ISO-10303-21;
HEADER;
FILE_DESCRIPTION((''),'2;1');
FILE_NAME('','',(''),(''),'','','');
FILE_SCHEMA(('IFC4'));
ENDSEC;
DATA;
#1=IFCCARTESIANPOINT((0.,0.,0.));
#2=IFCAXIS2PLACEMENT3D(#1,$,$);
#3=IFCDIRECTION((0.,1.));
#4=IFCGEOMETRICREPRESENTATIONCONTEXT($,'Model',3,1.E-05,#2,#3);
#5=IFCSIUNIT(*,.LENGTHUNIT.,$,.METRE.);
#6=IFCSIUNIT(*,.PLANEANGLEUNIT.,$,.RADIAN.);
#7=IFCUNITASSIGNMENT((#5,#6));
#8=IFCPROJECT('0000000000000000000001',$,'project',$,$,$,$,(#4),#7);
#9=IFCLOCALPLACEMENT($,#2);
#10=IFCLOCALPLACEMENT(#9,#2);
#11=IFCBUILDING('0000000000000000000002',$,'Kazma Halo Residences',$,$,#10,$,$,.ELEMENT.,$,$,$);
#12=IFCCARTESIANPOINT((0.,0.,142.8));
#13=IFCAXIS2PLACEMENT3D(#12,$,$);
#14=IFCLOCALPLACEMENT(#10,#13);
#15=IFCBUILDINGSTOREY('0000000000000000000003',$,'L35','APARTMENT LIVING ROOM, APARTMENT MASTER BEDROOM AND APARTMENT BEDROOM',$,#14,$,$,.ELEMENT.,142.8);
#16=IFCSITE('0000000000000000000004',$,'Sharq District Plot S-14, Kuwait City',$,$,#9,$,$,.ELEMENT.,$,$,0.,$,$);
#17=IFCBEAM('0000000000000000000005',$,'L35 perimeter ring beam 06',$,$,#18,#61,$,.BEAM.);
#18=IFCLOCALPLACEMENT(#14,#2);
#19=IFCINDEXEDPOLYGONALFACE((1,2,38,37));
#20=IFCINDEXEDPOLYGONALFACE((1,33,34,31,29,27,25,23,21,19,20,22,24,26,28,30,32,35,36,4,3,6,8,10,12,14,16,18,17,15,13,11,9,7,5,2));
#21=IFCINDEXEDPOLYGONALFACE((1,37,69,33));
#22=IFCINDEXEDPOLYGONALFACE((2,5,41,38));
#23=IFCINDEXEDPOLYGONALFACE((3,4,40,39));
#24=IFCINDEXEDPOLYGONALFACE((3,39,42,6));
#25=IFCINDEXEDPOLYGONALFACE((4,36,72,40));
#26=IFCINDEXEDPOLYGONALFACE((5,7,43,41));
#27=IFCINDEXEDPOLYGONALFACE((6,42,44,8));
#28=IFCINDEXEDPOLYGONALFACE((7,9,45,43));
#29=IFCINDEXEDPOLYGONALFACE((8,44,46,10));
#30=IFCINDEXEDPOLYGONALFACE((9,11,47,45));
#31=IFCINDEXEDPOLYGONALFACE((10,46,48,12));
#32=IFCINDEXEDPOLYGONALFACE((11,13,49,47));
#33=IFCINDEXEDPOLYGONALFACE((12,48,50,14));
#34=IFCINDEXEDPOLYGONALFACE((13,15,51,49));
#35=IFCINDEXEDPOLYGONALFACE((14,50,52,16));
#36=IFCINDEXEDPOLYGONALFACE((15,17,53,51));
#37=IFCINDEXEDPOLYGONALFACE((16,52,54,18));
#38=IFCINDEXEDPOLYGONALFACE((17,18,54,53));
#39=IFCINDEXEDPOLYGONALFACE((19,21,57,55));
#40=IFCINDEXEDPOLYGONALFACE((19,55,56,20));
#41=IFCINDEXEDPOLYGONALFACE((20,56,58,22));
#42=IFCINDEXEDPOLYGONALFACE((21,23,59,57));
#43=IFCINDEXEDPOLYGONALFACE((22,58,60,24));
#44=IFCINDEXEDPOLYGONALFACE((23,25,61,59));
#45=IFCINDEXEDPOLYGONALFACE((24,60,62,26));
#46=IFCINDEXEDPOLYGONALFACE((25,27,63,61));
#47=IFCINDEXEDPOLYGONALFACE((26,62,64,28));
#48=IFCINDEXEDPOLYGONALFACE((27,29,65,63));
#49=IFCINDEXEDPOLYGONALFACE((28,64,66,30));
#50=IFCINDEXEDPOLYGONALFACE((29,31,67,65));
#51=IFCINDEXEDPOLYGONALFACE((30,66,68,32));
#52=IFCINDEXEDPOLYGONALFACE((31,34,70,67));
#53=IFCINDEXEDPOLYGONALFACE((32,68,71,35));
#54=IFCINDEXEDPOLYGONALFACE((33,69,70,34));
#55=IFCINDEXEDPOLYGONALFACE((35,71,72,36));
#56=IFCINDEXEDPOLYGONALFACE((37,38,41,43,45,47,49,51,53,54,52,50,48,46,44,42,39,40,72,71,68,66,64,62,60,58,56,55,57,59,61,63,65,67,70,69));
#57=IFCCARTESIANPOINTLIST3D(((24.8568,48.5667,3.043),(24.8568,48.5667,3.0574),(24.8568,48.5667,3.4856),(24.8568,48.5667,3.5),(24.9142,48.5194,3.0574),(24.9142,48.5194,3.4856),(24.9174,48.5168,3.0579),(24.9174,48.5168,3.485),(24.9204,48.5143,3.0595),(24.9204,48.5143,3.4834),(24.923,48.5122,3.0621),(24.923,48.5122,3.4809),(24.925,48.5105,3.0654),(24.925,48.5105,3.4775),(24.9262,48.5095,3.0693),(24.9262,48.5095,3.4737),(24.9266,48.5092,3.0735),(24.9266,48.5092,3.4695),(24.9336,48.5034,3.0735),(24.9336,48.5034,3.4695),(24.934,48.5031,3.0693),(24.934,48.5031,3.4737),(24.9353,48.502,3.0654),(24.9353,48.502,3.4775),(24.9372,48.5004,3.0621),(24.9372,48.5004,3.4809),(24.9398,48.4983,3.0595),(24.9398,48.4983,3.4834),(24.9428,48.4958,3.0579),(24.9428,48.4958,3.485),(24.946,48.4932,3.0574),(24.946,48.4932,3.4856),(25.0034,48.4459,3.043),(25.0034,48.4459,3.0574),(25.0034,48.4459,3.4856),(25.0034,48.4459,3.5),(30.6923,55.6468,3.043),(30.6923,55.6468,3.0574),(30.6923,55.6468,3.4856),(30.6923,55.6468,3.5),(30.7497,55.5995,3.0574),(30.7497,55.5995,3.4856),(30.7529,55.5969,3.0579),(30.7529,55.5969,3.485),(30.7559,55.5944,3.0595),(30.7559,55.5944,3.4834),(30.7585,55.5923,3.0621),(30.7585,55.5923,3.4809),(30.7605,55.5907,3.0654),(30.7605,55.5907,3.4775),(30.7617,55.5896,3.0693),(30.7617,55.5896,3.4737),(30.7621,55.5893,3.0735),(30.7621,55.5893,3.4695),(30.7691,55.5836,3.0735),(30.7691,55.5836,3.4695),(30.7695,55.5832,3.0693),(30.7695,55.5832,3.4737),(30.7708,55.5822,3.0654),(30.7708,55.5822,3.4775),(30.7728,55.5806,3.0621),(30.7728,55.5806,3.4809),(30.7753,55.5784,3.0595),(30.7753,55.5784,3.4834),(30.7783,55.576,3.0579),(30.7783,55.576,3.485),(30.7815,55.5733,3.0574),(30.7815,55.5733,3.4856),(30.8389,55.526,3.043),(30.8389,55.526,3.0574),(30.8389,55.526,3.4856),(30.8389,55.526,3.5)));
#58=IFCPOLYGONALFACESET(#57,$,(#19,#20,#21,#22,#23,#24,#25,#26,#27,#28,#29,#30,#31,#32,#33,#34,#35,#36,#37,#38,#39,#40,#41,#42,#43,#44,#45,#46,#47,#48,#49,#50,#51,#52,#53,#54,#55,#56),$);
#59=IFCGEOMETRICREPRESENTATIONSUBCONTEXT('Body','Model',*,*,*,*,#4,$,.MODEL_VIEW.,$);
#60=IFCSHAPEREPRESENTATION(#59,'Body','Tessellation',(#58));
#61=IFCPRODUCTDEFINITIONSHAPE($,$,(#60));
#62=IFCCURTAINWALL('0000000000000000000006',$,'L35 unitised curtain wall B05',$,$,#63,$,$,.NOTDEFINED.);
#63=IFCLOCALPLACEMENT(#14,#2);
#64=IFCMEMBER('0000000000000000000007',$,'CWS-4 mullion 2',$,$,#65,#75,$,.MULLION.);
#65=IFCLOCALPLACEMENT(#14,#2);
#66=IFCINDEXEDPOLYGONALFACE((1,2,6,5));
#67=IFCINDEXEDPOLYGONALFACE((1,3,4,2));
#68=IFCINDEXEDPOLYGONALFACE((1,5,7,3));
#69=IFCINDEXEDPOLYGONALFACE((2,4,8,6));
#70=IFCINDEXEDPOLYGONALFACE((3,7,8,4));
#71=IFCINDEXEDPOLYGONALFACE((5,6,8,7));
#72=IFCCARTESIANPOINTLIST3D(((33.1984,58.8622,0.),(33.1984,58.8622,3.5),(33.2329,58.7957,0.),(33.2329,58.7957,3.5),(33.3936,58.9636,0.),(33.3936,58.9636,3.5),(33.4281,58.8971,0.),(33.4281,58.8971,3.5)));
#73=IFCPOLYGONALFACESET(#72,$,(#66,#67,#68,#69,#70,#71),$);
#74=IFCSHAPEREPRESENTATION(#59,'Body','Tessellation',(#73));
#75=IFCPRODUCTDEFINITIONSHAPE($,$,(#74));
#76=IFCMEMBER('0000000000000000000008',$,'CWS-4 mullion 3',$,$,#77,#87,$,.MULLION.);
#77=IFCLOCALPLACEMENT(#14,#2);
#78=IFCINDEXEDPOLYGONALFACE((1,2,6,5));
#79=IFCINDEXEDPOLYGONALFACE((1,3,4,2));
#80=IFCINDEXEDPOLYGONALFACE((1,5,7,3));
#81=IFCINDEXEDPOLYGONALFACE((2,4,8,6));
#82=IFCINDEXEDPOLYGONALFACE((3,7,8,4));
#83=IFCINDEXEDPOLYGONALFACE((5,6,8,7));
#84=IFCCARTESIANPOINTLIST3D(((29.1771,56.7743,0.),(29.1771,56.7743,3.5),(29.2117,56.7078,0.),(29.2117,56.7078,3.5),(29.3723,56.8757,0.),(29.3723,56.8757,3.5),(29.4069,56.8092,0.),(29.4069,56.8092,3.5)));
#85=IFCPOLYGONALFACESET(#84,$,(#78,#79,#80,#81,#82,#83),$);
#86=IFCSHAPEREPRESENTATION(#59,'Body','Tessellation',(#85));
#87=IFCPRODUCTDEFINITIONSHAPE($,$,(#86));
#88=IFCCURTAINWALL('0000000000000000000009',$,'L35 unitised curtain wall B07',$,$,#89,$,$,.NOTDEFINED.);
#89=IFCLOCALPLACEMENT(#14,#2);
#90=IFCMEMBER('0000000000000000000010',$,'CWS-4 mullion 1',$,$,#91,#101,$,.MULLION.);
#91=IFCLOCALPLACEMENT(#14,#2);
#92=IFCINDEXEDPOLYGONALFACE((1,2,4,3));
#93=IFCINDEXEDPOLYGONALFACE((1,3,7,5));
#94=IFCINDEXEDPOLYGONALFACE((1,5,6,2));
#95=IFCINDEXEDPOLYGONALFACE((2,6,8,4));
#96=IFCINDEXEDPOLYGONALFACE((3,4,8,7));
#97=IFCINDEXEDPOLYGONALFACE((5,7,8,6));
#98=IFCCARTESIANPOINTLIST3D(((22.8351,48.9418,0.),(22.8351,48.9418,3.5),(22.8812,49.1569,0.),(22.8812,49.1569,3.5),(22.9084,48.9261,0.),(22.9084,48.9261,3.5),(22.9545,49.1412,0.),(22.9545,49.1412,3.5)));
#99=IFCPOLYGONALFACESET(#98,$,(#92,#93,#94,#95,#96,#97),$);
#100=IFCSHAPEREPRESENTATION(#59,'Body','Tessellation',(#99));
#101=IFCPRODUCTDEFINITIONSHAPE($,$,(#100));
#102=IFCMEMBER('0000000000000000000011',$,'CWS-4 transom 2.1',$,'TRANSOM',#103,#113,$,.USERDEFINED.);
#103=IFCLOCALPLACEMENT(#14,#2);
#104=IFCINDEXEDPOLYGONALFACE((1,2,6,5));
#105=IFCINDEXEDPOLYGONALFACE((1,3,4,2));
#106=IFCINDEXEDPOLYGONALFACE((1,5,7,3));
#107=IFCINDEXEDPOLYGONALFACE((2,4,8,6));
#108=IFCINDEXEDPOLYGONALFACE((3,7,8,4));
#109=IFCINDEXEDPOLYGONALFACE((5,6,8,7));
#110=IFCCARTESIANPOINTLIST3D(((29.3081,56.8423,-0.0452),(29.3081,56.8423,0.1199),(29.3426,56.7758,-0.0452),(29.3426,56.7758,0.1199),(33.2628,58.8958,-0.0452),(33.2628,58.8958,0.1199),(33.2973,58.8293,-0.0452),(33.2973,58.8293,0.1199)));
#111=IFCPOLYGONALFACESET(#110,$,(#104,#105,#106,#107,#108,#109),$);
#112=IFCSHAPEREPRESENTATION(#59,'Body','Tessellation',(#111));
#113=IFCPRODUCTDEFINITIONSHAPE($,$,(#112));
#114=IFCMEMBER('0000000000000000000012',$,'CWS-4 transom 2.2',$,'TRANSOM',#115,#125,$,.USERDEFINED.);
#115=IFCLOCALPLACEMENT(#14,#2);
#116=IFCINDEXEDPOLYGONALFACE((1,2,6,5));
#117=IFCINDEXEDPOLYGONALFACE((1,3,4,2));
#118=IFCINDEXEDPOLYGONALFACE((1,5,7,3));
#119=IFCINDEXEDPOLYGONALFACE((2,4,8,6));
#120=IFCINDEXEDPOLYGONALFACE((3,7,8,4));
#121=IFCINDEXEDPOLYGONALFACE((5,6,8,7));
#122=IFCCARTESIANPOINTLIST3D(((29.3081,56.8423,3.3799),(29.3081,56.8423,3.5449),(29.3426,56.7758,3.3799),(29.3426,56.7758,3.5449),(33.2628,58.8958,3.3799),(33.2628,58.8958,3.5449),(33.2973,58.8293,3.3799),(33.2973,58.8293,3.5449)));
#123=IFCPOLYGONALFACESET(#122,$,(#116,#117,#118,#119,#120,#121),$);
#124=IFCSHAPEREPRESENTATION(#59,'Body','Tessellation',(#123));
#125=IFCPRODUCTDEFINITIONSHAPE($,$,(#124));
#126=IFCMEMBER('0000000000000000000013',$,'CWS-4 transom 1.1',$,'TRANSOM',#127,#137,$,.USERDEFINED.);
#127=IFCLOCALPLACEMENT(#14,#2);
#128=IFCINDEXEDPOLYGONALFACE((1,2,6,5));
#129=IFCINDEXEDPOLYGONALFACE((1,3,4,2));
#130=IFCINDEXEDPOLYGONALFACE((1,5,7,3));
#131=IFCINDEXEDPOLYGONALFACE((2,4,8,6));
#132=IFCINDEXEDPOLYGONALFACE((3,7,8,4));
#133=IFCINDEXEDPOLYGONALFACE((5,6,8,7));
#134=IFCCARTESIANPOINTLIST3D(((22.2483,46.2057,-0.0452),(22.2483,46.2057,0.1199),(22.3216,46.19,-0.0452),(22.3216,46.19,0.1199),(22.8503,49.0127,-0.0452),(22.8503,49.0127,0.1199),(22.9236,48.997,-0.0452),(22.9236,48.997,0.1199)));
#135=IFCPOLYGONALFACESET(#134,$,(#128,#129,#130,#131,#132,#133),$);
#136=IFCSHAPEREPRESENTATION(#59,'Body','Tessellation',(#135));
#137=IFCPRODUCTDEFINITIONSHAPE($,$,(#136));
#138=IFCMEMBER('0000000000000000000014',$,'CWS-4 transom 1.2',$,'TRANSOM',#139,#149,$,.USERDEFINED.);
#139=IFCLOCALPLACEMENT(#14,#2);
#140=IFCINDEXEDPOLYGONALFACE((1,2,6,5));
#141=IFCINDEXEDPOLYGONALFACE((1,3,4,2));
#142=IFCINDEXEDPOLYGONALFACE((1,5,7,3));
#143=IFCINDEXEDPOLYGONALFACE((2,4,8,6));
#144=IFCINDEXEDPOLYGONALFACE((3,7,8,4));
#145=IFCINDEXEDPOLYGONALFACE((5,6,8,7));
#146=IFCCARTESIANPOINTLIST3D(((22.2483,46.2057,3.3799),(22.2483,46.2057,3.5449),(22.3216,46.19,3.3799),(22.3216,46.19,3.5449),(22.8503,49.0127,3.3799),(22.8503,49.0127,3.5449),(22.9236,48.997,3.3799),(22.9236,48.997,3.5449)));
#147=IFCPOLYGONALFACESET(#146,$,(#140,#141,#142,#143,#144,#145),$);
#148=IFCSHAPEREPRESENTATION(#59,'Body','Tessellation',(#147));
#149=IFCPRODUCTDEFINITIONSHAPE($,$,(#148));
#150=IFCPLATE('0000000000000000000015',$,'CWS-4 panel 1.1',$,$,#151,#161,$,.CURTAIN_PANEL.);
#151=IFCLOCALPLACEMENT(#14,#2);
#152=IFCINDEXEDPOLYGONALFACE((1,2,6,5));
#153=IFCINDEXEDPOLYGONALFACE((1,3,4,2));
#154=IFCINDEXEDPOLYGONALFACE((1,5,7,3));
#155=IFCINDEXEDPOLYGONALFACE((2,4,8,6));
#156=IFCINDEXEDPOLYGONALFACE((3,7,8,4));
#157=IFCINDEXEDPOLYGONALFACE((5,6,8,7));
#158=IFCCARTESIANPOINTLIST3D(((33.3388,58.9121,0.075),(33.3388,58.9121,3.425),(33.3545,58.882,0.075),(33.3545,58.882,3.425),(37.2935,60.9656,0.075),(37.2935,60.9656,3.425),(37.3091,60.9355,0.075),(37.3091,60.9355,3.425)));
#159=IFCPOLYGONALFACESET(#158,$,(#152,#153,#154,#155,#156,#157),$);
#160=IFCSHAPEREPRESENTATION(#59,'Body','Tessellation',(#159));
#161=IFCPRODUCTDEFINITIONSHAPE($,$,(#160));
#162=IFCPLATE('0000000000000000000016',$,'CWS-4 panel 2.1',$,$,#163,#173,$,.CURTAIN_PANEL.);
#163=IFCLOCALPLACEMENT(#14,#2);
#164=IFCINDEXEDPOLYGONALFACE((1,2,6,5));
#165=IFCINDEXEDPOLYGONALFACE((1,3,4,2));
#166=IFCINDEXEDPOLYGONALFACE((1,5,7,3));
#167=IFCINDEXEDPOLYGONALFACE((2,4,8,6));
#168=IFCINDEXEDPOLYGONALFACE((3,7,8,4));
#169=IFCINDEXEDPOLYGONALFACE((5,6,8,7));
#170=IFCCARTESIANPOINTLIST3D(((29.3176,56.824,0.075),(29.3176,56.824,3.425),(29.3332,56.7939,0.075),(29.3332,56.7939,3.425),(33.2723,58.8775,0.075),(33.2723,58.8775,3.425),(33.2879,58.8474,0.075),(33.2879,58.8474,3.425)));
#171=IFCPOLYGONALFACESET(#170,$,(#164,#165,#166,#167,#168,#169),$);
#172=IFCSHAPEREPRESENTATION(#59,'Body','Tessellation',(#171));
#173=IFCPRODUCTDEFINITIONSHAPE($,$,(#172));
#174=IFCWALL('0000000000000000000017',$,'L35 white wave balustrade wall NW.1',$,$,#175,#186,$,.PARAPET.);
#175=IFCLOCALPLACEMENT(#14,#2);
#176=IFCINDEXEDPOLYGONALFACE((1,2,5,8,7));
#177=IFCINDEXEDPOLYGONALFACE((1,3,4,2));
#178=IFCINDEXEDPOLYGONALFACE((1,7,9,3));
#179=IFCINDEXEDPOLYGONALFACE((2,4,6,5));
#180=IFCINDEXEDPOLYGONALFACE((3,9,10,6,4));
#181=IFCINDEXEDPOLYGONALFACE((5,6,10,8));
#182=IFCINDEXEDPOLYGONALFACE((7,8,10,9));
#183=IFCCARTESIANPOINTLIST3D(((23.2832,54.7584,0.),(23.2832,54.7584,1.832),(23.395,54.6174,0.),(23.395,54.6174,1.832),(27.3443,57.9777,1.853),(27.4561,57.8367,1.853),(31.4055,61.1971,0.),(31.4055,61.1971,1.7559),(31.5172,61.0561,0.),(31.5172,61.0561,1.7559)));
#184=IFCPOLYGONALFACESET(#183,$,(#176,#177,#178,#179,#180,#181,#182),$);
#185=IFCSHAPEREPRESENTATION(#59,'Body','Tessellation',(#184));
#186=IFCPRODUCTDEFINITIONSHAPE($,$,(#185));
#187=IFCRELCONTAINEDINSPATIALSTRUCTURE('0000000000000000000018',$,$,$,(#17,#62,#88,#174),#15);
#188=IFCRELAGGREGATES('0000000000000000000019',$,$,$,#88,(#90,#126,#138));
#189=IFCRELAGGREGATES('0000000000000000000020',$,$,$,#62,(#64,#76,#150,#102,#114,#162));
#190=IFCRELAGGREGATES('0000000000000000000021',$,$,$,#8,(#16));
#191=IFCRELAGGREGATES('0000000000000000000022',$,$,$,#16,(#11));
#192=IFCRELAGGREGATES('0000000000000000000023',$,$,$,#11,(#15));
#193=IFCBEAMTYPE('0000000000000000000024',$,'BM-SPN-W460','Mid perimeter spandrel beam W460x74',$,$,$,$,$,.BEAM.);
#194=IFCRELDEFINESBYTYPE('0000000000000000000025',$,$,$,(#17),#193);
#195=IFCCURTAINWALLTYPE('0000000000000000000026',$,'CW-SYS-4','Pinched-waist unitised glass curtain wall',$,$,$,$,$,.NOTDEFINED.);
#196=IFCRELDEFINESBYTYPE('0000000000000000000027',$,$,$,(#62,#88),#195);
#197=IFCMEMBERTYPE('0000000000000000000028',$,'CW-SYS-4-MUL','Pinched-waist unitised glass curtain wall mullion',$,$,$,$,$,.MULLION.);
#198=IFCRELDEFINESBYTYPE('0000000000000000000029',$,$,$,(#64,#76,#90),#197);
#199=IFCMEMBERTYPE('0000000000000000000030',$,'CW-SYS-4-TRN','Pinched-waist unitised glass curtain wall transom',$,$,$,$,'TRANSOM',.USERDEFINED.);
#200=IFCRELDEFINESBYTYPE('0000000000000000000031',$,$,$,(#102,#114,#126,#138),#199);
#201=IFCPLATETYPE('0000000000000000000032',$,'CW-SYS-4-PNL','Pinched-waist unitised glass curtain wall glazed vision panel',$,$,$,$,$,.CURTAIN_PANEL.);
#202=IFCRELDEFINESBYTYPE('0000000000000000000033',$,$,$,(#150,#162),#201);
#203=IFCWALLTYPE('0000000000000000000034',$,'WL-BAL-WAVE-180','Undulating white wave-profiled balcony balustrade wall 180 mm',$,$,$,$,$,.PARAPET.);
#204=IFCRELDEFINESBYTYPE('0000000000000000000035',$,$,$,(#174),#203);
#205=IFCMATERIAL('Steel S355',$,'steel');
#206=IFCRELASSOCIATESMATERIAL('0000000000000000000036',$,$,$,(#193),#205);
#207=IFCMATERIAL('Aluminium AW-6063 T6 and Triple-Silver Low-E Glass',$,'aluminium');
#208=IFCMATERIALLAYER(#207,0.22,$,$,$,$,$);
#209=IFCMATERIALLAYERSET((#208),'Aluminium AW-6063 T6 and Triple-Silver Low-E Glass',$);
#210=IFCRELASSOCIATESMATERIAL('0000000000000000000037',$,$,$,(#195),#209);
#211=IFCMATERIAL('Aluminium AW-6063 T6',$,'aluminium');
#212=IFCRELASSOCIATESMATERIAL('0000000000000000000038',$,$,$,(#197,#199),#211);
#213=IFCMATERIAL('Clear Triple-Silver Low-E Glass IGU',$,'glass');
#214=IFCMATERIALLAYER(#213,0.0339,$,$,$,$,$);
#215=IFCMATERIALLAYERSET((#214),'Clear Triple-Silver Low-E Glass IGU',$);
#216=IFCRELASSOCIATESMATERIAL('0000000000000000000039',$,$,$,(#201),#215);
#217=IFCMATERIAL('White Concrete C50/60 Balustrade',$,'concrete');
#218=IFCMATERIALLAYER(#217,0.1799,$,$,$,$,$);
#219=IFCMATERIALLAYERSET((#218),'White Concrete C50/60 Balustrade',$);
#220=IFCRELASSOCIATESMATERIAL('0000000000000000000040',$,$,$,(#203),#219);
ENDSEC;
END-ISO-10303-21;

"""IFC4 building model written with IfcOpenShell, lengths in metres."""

from ifc_helpers import new_model, si_unit, direction, frame, origin, origin_2d, place, context, subcontext, project, spatial, polyline, rectangle, i_section, outline, extrude, material, layer, layer_set, material_profile, profile_set, type_object, element, aggregate, save


model = new_model("IFC4")

# Units and contexts
model_context = context("Model", 3, precision=1e-05, world=origin(), true_north=direction((0.0, 1.0)))
body_context = subcontext(model_context, "Body", "Model", "MODEL_VIEW")
ifc_project = project(units=[si_unit("LENGTHUNIT", "METRE"), si_unit("PLANEANGLEUNIT", "RADIAN")], contexts=[model_context])

# Site, building, storey
site_placement = place(None, origin())
site = spatial("IfcSite", under=ifc_project, at=site_placement, Name="Sharq District Plot S-14, Kuwait City", CompositionType="ELEMENT", RefElevation=0.0)
building_placement = place(site_placement, origin())
building = spatial("IfcBuilding", under=site, at=building_placement, Name="Kazma Halo Residences", CompositionType="ELEMENT")
storey_placement = place(building_placement, frame((0.0, 0.0, 142.8)))
storey = spatial("IfcBuildingStorey", under=building, at=storey_placement, Name="L35", Description="APARTMENT LIVING ROOM, APARTMENT MASTER BEDROOM AND APARTMENT BEDROOM", CompositionType="ELEMENT", Elevation=142.8)

# Beam
ifc_material_1 = material(Name="Steel S355", Category="steel")
ifc_material_profile_1 = material_profile(ifc_material_1, i_section(OverallWidth=0.1899, OverallDepth=0.457, WebThickness=0.009, FlangeThickness=0.0144, FilletRadius=0.0161, at=origin_2d()), Name="W460x74")
ifc_profile_set_1 = profile_set([ifc_material_profile_1], Name="Steel S355")
beam_type_1 = type_object("IfcBeamType", Name="BM-SPN-W460", Description="Mid perimeter spandrel beam W460x74", PredefinedType="BEAM", material=ifc_profile_set_1)
beam_1_placement = place(storey_placement, frame((30.7656, 55.5864, 3.2715), z_axis=(-0.636019, -0.771674, 0.0), x_axis=(0.771674, -0.636019, 0.0)))
element("IfcBeam", 1, at=beam_1_placement, inside=storey, type_object=beam_type_1, Name="L35 perimeter ring beam 06", PredefinedType="BEAM", context=body_context, shape_type="SweptSolid", body=[
    extrude(i_section(OverallWidth=0.1899, OverallDepth=0.457, WebThickness=0.009, FlangeThickness=0.0144, FilletRadius=0.0161, at=origin_2d()), origin(), (0.0, 0.0, 1.0), 9.175),
])

# Curtain wall, members
ifc_material_2 = material(Name="Aluminium AW-6063 T6 and Triple-Silver Low-E Glass", Category="aluminium")
ifc_layer_1 = layer(ifc_material_2, 0.22)
ifc_layer_set_1 = layer_set([ifc_layer_1], Name="Aluminium AW-6063 T6 and Triple-Silver Low-E Glass")
curtain_wall_type = type_object("IfcCurtainWallType", Name="CW-SYS-4", Description="Pinched-waist unitised glass curtain wall", PredefinedType="NOTDEFINED", material=ifc_layer_set_1)
curtain_wall_1_placement = place(storey_placement, origin())
curtain_wall_1 = element("IfcCurtainWall", 2, at=curtain_wall_1_placement, inside=storey, type_object=curtain_wall_type, Name="L35 unitised curtain wall B05", PredefinedType="NOTDEFINED")
ifc_material_3 = material(Name="Aluminium AW-6063 T6", Category="aluminium")
ifc_material_profile_2 = material_profile(ifc_material_3, rectangle(XDim=0.075, YDim=0.22, at=origin_2d()), Name="CWM-75x220")
ifc_profile_set_2 = profile_set([ifc_material_profile_2], Name="Aluminium AW-6063 T6")
member_type_1 = type_object("IfcMemberType", Name="CW-SYS-4-MUL", Description="Pinched-waist unitised glass curtain wall mullion", PredefinedType="MULLION", material=ifc_profile_set_2)
member_1_placement = place(storey_placement, frame((33.3132, 58.8796, 0.0), z_axis=(0.0, 0.0, 1.0), x_axis=(0.460837, -0.887485, 0.0)))
member_1 = element("IfcMember", 3, at=member_1_placement, type_object=member_type_1, Name="CWS-4 mullion 2", PredefinedType="MULLION", context=body_context, shape_type="SweptSolid", body=[
    extrude(rectangle(XDim=0.075, YDim=0.22, at=origin_2d()), origin(), (0.0, 0.0, 1.0), 3.5),
])
member_2_placement = place(storey_placement, frame((29.292, 56.7917, 0.0), z_axis=(0.0, 0.0, 1.0), x_axis=(0.460837, -0.887485, 0.0)))
member_2 = element("IfcMember", 4, at=member_2_placement, type_object=member_type_1, Name="CWS-4 mullion 3", PredefinedType="MULLION", context=body_context, shape_type="SweptSolid", body=[
    extrude(rectangle(XDim=0.075, YDim=0.22, at=origin_2d()), origin(), (0.0, 0.0, 1.0), 3.5),
])

# Curtain wall, member
curtain_wall_2_placement = place(storey_placement, origin())
curtain_wall_2 = element("IfcCurtainWall", 5, at=curtain_wall_2_placement, inside=storey, type_object=curtain_wall_type, Name="L35 unitised curtain wall B07", PredefinedType="NOTDEFINED")
member_3_placement = place(storey_placement, frame((22.8948, 49.0415, 0.0), z_axis=(0.0, 0.0, 1.0), x_axis=(0.977765, -0.209704, 0.0)))
member_3 = element("IfcMember", 6, at=member_3_placement, type_object=member_type_1, Name="CWS-4 mullion 1", PredefinedType="MULLION", context=body_context, shape_type="SweptSolid", body=[
    extrude(rectangle(XDim=0.075, YDim=0.22, at=origin_2d()), origin(), (0.0, 0.0, 1.0), 3.5),
])

# Members
ifc_material_profile_3 = material_profile(ifc_material_3, rectangle(XDim=0.075, YDim=0.165, at=origin_2d()), Name="CWT-75x165")
ifc_profile_set_3 = profile_set([ifc_material_profile_3], Name="Aluminium AW-6063 T6")
member_type_2 = type_object("IfcMemberType", Name="CW-SYS-4-TRN", Description="Pinched-waist unitised glass curtain wall transom", ElementType="TRANSOM", PredefinedType="USERDEFINED", material=ifc_profile_set_3)
member_4_placement = place(storey_placement, frame((33.28, 58.8625, 0.0374), z_axis=(-0.887485, -0.460837, 0.0), x_axis=(0.460837, -0.887485, 0.0)))
member_4 = element("IfcMember", 7, at=member_4_placement, type_object=member_type_2, Name="CWS-4 transom 2.1", ObjectType="TRANSOM", PredefinedType="USERDEFINED", context=body_context, shape_type="SweptSolid", body=[
    extrude(rectangle(XDim=0.075, YDim=0.165, at=origin_2d()), origin(), (0.0, 0.0, 1.0), 4.4561),
])
member_5_placement = place(storey_placement, frame((33.28, 58.8625, 3.4624), z_axis=(-0.887485, -0.460837, 0.0), x_axis=(0.460837, -0.887485, 0.0)))
member_5 = element("IfcMember", 8, at=member_5_placement, type_object=member_type_2, Name="CWS-4 transom 2.2", ObjectType="TRANSOM", PredefinedType="USERDEFINED", context=body_context, shape_type="SweptSolid", body=[
    extrude(rectangle(XDim=0.075, YDim=0.165, at=origin_2d()), origin(), (0.0, 0.0, 1.0), 4.4561),
])
member_6_placement = place(storey_placement, frame((22.887, 49.0049, 0.0374), z_axis=(-0.209703, -0.977765, 0.0), x_axis=(0.977765, -0.209703, 0.0)))
member_6 = element("IfcMember", 9, at=member_6_placement, type_object=member_type_2, Name="CWS-4 transom 1.1", ObjectType="TRANSOM", PredefinedType="USERDEFINED", context=body_context, shape_type="SweptSolid", body=[
    extrude(rectangle(XDim=0.075, YDim=0.165, at=origin_2d()), origin(), (0.0, 0.0, 1.0), 2.8708),
])
member_7_placement = place(storey_placement, frame((22.887, 49.0049, 3.4624), z_axis=(-0.209703, -0.977765, 0.0), x_axis=(0.977765, -0.209703, 0.0)))
member_7 = element("IfcMember", 10, at=member_7_placement, type_object=member_type_2, Name="CWS-4 transom 1.2", ObjectType="TRANSOM", PredefinedType="USERDEFINED", context=body_context, shape_type="SweptSolid", body=[
    extrude(rectangle(XDim=0.075, YDim=0.165, at=origin_2d()), origin(), (0.0, 0.0, 1.0), 2.8708),
])
aggregate(curtain_wall_2, [member_3, member_6, member_7])

# Plates
ifc_material_4 = material(Name="Clear Triple-Silver Low-E Glass IGU", Category="glass")
ifc_layer_2 = layer(ifc_material_4, 0.0339)
ifc_layer_set_2 = layer_set([ifc_layer_2], Name="Clear Triple-Silver Low-E Glass IGU")
plate_type = type_object("IfcPlateType", Name="CW-SYS-4-PNL", Description="Pinched-waist unitised glass curtain wall glazed vision panel", PredefinedType="CURTAIN_PANEL", material=ifc_layer_set_2)
plate_1_placement = place(storey_placement, frame((35.324, 59.9238, 0.075), z_axis=(0.0, 0.0, 1.0), x_axis=(-0.887485, -0.460837, 0.0)))
plate_1 = element("IfcPlate", 11, at=plate_1_placement, type_object=plate_type, Name="CWS-4 panel 1.1", PredefinedType="CURTAIN_PANEL", context=body_context, shape_type="SweptSolid", body=[
    extrude(rectangle(XDim=4.4561, YDim=0.0339, at=origin_2d()), origin(), (0.0, 0.0, 1.0), 3.3501),
])
plate_2_placement = place(storey_placement, frame((31.3027, 57.8357, 0.075), z_axis=(0.0, 0.0, 1.0), x_axis=(-0.887485, -0.460837, 0.0)))
plate_2 = element("IfcPlate", 12, at=plate_2_placement, type_object=plate_type, Name="CWS-4 panel 2.1", PredefinedType="CURTAIN_PANEL", context=body_context, shape_type="SweptSolid", body=[
    extrude(rectangle(XDim=4.4561, YDim=0.0339, at=origin_2d()), origin(), (0.0, 0.0, 1.0), 3.3501),
])
aggregate(curtain_wall_1, [member_1, member_2, plate_1, member_4, member_5, plate_2])

# Wall
ifc_material_5 = material(Name="White Concrete C50/60 Balustrade", Category="concrete")
ifc_layer_3 = layer(ifc_material_5, 0.1799)
ifc_layer_set_3 = layer_set([ifc_layer_3], Name="White Concrete C50/60 Balustrade")
wall_type_1 = type_object("IfcWallType", Name="WL-BAL-WAVE-180", Description="Undulating white wave-profiled balcony balustrade wall 180 mm", PredefinedType="PARAPET", material=ifc_layer_set_3)
wall_1_placement = place(storey_placement, frame((31.4614, 61.1265, 0.0), z_axis=(0.0, 0.0, 1.0), x_axis=(-0.783644, -0.62121, 0.0)))
element("IfcWall", 13, at=wall_1_placement, inside=storey, type_object=wall_type_1, Name="L35 white wave balustrade wall NW.1", PredefinedType="PARAPET", context=body_context, shape_type="SweptSolid", body=[
    extrude(outline(polyline([(0.0, 0.0), (10.3647, 0.0), (10.3647, 1.832), (5.1824, 1.853), (0.0, 1.7559), (0.0, 0.0)])), frame((0.0, 0.0898, 0.0), z_axis=(0.0, -1.0, 0.0), x_axis=(1.0, 0.0, 0.0)), (0.0, 0.0, 1.0), 0.1799),
])

save(model, "model.ifc")
